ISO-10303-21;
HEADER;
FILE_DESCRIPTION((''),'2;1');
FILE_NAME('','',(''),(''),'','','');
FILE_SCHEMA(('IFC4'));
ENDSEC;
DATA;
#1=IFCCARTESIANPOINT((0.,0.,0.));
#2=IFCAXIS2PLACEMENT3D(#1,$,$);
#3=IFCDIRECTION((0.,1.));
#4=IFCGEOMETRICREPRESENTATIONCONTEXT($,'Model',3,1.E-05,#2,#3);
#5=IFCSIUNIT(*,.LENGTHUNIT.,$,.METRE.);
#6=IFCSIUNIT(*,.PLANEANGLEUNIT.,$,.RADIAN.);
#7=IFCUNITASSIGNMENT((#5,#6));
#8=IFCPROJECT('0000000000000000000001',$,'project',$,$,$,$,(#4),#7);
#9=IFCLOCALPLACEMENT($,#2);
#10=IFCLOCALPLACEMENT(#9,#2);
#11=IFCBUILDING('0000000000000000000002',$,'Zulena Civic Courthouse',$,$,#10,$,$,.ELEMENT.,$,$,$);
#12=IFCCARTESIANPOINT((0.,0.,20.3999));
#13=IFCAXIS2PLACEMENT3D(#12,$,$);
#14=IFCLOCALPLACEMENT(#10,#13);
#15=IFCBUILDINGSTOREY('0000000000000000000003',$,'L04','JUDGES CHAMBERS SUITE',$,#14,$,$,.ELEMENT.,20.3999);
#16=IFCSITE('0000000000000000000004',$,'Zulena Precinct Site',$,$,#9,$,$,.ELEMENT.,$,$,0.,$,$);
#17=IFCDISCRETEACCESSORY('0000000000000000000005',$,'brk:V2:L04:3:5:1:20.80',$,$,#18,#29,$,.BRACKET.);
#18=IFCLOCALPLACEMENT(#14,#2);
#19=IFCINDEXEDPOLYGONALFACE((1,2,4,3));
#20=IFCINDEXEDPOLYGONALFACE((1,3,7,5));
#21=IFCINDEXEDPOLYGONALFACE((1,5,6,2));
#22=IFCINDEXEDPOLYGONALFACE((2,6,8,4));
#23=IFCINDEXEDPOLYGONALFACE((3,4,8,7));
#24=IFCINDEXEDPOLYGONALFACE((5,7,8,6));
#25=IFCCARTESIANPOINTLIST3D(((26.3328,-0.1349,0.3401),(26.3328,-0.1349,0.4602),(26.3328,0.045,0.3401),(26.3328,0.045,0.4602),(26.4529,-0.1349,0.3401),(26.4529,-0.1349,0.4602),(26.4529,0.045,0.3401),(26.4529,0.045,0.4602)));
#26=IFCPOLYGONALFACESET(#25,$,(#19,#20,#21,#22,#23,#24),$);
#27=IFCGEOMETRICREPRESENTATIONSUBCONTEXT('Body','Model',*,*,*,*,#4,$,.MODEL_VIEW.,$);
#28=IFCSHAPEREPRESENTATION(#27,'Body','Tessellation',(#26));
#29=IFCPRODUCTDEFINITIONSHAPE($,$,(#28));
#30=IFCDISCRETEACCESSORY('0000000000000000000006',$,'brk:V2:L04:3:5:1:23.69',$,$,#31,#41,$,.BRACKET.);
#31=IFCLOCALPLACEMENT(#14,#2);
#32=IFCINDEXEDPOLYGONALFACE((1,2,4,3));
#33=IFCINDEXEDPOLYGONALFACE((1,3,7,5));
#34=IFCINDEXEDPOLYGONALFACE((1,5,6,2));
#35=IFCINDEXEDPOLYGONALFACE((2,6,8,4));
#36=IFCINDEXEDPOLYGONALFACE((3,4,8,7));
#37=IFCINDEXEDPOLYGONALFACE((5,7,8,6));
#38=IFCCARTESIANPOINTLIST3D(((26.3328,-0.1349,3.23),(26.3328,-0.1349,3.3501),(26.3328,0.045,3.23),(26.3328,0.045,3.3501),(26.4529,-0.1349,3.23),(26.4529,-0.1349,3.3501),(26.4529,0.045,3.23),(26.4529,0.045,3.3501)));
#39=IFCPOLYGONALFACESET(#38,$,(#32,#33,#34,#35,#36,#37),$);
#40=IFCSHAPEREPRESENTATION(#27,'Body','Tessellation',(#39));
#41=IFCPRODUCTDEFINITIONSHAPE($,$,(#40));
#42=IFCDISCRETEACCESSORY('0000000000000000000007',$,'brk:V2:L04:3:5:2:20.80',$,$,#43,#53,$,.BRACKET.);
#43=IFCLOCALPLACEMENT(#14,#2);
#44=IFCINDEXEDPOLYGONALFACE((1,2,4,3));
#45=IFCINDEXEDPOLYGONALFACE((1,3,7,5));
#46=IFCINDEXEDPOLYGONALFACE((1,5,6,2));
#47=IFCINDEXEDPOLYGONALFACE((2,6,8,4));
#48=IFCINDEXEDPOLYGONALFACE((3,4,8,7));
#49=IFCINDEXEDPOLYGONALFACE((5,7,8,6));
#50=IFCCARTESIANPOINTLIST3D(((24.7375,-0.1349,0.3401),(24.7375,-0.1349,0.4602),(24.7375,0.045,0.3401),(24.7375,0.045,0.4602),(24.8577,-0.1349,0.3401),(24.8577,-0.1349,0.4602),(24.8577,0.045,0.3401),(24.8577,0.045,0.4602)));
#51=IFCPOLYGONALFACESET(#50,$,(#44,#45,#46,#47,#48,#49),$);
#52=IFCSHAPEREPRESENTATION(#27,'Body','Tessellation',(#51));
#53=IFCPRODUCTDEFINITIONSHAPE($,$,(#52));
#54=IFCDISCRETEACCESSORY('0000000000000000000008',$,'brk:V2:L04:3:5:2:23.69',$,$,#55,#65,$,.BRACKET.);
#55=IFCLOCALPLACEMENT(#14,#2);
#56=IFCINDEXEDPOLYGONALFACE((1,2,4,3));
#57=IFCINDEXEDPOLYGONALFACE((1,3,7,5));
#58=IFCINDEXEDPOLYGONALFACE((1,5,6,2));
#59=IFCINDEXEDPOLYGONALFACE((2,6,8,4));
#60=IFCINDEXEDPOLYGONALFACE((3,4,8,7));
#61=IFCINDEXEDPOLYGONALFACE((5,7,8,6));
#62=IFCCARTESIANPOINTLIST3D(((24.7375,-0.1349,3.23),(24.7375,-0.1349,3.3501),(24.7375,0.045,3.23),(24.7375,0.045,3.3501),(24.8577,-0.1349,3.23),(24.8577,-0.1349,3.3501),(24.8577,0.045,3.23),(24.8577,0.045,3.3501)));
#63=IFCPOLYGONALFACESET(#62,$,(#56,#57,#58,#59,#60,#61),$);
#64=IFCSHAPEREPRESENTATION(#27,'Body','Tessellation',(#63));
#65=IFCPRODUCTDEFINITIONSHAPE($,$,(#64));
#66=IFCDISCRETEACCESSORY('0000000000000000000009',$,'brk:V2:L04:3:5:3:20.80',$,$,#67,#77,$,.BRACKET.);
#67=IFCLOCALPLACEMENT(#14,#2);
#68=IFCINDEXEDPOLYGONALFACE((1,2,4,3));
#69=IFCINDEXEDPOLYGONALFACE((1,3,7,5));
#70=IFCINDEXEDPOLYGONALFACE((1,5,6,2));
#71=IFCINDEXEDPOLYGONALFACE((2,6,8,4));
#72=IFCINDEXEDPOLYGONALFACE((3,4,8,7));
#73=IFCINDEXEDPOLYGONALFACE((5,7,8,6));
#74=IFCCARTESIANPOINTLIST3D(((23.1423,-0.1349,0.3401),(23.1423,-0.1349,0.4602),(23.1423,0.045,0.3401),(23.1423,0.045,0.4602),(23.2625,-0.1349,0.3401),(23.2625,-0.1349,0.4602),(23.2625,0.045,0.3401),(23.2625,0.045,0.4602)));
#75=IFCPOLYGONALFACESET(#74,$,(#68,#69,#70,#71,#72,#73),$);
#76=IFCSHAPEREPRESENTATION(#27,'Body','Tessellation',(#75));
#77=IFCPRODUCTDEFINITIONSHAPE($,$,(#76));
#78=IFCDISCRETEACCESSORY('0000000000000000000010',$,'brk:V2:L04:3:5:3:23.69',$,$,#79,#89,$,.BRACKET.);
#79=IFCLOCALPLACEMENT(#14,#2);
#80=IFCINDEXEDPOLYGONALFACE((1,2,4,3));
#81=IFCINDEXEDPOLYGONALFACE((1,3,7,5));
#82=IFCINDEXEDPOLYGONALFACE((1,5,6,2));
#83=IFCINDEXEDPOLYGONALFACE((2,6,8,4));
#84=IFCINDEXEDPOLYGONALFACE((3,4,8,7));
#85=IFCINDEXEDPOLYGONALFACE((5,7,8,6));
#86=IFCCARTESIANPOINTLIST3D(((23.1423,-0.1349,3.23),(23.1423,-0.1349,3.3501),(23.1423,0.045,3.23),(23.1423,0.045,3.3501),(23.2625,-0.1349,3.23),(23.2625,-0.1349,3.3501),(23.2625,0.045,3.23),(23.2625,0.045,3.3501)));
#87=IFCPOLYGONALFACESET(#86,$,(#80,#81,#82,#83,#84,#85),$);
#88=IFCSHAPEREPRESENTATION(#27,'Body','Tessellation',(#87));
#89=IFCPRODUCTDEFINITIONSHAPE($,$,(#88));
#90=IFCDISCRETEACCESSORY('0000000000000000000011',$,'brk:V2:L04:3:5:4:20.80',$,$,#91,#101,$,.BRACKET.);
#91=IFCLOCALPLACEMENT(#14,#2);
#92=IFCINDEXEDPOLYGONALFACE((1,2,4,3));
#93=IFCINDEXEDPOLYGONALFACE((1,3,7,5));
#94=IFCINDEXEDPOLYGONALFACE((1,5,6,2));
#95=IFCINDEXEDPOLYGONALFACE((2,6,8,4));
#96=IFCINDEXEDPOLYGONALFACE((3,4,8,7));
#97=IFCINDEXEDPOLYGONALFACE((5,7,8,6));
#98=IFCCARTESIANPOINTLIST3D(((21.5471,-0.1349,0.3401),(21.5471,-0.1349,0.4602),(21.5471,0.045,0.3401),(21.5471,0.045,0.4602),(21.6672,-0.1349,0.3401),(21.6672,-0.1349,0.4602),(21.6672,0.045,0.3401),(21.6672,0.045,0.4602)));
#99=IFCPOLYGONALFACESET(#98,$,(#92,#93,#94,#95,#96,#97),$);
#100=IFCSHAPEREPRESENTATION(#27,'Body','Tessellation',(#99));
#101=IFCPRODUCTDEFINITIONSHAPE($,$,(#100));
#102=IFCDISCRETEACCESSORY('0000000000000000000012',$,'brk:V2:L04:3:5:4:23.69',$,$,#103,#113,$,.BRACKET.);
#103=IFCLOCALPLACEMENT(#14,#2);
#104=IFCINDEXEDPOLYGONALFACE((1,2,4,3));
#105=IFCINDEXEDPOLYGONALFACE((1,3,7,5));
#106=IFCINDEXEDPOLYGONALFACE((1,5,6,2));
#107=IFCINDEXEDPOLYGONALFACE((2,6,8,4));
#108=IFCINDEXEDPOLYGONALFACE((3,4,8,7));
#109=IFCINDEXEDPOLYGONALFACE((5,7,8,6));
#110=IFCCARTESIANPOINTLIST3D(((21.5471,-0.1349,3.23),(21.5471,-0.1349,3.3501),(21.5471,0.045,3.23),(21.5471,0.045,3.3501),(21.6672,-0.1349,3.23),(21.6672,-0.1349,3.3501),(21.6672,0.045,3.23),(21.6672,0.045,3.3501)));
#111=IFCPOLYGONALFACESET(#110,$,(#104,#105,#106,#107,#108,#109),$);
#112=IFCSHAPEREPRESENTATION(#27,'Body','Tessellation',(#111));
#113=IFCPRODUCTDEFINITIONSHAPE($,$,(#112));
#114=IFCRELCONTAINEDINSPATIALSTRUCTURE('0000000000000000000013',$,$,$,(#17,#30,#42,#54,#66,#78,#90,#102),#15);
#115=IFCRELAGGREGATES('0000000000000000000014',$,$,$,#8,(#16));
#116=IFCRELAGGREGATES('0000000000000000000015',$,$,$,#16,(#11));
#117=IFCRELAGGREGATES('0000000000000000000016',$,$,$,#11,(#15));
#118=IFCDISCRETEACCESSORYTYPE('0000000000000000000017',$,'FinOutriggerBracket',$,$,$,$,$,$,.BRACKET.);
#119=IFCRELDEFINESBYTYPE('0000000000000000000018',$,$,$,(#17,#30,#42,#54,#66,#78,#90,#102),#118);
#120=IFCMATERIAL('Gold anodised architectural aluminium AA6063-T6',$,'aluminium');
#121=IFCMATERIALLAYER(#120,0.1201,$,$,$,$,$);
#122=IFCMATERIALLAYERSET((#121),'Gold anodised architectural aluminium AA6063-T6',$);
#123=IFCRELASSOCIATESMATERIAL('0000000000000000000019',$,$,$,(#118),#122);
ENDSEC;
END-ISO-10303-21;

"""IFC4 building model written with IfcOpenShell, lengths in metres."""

from ifc_helpers import new_model, si_unit, direction, frame, origin, origin_2d, place, context, subcontext, project, spatial, rectangle, extrude, material, layer, layer_set, type_object, element, save


model = new_model("IFC4")

# Units and contexts
model_context = context("Model", 3, precision=1e-05, world=origin(), true_north=direction((0.0, 1.0)))
body_context = subcontext(model_context, "Body", "Model", "MODEL_VIEW")
ifc_project = project(units=[si_unit("LENGTHUNIT", "METRE"), si_unit("PLANEANGLEUNIT", "RADIAN")], contexts=[model_context])

# Site, building, storey
site_placement = place(None, origin())
site = spatial("IfcSite", under=ifc_project, at=site_placement, Name="Zulena Precinct Site", CompositionType="ELEMENT", RefElevation=0.0)
building_placement = place(site_placement, origin())
building = spatial("IfcBuilding", under=site, at=building_placement, Name="Zulena Civic Courthouse", CompositionType="ELEMENT")
storey_placement = place(building_placement, frame((0.0, 0.0, 20.3999)))
storey = spatial("IfcBuildingStorey", under=building, at=storey_placement, Name="L04", Description="JUDGES CHAMBERS SUITE", CompositionType="ELEMENT", Elevation=20.3999)

# Shared definitions
ifc_material_1 = material(Name="Gold anodised architectural aluminium AA6063-T6", Category="aluminium")

# Discrete accessories
ifc_layer_1 = layer(ifc_material_1, 0.1201)
ifc_layer_set_1 = layer_set([ifc_layer_1], Name="Gold anodised architectural aluminium AA6063-T6")
discrete_accessory_type = type_object("IfcDiscreteAccessoryType", Name="FinOutriggerBracket", PredefinedType="BRACKET", material=ifc_layer_set_1)
for number, where, z_axis, x_axis, name in (
    (1, (26.3928, -0.0449, 0.3401), (0.0, 0.0, 1.0), (0.0, -1.0, 0.0), "brk:V2:L04:3:5:1:20.80"),
    (2, (26.3928, -0.0449, 3.23), (0.0, 0.0, 1.0), (0.0, -1.0, 0.0), "brk:V2:L04:3:5:1:23.69"),
    (3, (24.7976, -0.0449, 0.3401), (0.0, 0.0, 1.0), (0.0, -1.0, 0.0), "brk:V2:L04:3:5:2:20.80"),
    (4, (24.7976, -0.0449, 3.23), (0.0, 0.0, 1.0), (0.0, -1.0, 0.0), "brk:V2:L04:3:5:2:23.69"),
    (5, (23.2024, -0.0449, 0.3401), (0.0, 0.0, 1.0), (0.0, -1.0, 0.0), "brk:V2:L04:3:5:3:20.80"),
    (6, (23.2024, -0.0449, 3.23), (0.0, 0.0, 1.0), (0.0, -1.0, 0.0), "brk:V2:L04:3:5:3:23.69"),
    (7, (21.6072, -0.0449, 0.3401), (0.0, 0.0, 1.0), (0.0, -1.0, 0.0), "brk:V2:L04:3:5:4:20.80"),
    (8, (21.6072, -0.0449, 3.23), (0.0, 0.0, 1.0), (0.0, -1.0, 0.0), "brk:V2:L04:3:5:4:23.69"),
):
    element("IfcDiscreteAccessory", number, at=place(storey_placement, frame(where, z_axis=z_axis, x_axis=x_axis)), inside=storey, type_object=discrete_accessory_type, Name=name, PredefinedType="BRACKET", context=body_context, shape_type="SweptSolid", body=[
        extrude(rectangle(XDim=0.1799, YDim=0.1201, at=origin_2d()), origin(), (0.0, 0.0, 1.0), 0.1201),
    ])

save(model, "model.ifc")
